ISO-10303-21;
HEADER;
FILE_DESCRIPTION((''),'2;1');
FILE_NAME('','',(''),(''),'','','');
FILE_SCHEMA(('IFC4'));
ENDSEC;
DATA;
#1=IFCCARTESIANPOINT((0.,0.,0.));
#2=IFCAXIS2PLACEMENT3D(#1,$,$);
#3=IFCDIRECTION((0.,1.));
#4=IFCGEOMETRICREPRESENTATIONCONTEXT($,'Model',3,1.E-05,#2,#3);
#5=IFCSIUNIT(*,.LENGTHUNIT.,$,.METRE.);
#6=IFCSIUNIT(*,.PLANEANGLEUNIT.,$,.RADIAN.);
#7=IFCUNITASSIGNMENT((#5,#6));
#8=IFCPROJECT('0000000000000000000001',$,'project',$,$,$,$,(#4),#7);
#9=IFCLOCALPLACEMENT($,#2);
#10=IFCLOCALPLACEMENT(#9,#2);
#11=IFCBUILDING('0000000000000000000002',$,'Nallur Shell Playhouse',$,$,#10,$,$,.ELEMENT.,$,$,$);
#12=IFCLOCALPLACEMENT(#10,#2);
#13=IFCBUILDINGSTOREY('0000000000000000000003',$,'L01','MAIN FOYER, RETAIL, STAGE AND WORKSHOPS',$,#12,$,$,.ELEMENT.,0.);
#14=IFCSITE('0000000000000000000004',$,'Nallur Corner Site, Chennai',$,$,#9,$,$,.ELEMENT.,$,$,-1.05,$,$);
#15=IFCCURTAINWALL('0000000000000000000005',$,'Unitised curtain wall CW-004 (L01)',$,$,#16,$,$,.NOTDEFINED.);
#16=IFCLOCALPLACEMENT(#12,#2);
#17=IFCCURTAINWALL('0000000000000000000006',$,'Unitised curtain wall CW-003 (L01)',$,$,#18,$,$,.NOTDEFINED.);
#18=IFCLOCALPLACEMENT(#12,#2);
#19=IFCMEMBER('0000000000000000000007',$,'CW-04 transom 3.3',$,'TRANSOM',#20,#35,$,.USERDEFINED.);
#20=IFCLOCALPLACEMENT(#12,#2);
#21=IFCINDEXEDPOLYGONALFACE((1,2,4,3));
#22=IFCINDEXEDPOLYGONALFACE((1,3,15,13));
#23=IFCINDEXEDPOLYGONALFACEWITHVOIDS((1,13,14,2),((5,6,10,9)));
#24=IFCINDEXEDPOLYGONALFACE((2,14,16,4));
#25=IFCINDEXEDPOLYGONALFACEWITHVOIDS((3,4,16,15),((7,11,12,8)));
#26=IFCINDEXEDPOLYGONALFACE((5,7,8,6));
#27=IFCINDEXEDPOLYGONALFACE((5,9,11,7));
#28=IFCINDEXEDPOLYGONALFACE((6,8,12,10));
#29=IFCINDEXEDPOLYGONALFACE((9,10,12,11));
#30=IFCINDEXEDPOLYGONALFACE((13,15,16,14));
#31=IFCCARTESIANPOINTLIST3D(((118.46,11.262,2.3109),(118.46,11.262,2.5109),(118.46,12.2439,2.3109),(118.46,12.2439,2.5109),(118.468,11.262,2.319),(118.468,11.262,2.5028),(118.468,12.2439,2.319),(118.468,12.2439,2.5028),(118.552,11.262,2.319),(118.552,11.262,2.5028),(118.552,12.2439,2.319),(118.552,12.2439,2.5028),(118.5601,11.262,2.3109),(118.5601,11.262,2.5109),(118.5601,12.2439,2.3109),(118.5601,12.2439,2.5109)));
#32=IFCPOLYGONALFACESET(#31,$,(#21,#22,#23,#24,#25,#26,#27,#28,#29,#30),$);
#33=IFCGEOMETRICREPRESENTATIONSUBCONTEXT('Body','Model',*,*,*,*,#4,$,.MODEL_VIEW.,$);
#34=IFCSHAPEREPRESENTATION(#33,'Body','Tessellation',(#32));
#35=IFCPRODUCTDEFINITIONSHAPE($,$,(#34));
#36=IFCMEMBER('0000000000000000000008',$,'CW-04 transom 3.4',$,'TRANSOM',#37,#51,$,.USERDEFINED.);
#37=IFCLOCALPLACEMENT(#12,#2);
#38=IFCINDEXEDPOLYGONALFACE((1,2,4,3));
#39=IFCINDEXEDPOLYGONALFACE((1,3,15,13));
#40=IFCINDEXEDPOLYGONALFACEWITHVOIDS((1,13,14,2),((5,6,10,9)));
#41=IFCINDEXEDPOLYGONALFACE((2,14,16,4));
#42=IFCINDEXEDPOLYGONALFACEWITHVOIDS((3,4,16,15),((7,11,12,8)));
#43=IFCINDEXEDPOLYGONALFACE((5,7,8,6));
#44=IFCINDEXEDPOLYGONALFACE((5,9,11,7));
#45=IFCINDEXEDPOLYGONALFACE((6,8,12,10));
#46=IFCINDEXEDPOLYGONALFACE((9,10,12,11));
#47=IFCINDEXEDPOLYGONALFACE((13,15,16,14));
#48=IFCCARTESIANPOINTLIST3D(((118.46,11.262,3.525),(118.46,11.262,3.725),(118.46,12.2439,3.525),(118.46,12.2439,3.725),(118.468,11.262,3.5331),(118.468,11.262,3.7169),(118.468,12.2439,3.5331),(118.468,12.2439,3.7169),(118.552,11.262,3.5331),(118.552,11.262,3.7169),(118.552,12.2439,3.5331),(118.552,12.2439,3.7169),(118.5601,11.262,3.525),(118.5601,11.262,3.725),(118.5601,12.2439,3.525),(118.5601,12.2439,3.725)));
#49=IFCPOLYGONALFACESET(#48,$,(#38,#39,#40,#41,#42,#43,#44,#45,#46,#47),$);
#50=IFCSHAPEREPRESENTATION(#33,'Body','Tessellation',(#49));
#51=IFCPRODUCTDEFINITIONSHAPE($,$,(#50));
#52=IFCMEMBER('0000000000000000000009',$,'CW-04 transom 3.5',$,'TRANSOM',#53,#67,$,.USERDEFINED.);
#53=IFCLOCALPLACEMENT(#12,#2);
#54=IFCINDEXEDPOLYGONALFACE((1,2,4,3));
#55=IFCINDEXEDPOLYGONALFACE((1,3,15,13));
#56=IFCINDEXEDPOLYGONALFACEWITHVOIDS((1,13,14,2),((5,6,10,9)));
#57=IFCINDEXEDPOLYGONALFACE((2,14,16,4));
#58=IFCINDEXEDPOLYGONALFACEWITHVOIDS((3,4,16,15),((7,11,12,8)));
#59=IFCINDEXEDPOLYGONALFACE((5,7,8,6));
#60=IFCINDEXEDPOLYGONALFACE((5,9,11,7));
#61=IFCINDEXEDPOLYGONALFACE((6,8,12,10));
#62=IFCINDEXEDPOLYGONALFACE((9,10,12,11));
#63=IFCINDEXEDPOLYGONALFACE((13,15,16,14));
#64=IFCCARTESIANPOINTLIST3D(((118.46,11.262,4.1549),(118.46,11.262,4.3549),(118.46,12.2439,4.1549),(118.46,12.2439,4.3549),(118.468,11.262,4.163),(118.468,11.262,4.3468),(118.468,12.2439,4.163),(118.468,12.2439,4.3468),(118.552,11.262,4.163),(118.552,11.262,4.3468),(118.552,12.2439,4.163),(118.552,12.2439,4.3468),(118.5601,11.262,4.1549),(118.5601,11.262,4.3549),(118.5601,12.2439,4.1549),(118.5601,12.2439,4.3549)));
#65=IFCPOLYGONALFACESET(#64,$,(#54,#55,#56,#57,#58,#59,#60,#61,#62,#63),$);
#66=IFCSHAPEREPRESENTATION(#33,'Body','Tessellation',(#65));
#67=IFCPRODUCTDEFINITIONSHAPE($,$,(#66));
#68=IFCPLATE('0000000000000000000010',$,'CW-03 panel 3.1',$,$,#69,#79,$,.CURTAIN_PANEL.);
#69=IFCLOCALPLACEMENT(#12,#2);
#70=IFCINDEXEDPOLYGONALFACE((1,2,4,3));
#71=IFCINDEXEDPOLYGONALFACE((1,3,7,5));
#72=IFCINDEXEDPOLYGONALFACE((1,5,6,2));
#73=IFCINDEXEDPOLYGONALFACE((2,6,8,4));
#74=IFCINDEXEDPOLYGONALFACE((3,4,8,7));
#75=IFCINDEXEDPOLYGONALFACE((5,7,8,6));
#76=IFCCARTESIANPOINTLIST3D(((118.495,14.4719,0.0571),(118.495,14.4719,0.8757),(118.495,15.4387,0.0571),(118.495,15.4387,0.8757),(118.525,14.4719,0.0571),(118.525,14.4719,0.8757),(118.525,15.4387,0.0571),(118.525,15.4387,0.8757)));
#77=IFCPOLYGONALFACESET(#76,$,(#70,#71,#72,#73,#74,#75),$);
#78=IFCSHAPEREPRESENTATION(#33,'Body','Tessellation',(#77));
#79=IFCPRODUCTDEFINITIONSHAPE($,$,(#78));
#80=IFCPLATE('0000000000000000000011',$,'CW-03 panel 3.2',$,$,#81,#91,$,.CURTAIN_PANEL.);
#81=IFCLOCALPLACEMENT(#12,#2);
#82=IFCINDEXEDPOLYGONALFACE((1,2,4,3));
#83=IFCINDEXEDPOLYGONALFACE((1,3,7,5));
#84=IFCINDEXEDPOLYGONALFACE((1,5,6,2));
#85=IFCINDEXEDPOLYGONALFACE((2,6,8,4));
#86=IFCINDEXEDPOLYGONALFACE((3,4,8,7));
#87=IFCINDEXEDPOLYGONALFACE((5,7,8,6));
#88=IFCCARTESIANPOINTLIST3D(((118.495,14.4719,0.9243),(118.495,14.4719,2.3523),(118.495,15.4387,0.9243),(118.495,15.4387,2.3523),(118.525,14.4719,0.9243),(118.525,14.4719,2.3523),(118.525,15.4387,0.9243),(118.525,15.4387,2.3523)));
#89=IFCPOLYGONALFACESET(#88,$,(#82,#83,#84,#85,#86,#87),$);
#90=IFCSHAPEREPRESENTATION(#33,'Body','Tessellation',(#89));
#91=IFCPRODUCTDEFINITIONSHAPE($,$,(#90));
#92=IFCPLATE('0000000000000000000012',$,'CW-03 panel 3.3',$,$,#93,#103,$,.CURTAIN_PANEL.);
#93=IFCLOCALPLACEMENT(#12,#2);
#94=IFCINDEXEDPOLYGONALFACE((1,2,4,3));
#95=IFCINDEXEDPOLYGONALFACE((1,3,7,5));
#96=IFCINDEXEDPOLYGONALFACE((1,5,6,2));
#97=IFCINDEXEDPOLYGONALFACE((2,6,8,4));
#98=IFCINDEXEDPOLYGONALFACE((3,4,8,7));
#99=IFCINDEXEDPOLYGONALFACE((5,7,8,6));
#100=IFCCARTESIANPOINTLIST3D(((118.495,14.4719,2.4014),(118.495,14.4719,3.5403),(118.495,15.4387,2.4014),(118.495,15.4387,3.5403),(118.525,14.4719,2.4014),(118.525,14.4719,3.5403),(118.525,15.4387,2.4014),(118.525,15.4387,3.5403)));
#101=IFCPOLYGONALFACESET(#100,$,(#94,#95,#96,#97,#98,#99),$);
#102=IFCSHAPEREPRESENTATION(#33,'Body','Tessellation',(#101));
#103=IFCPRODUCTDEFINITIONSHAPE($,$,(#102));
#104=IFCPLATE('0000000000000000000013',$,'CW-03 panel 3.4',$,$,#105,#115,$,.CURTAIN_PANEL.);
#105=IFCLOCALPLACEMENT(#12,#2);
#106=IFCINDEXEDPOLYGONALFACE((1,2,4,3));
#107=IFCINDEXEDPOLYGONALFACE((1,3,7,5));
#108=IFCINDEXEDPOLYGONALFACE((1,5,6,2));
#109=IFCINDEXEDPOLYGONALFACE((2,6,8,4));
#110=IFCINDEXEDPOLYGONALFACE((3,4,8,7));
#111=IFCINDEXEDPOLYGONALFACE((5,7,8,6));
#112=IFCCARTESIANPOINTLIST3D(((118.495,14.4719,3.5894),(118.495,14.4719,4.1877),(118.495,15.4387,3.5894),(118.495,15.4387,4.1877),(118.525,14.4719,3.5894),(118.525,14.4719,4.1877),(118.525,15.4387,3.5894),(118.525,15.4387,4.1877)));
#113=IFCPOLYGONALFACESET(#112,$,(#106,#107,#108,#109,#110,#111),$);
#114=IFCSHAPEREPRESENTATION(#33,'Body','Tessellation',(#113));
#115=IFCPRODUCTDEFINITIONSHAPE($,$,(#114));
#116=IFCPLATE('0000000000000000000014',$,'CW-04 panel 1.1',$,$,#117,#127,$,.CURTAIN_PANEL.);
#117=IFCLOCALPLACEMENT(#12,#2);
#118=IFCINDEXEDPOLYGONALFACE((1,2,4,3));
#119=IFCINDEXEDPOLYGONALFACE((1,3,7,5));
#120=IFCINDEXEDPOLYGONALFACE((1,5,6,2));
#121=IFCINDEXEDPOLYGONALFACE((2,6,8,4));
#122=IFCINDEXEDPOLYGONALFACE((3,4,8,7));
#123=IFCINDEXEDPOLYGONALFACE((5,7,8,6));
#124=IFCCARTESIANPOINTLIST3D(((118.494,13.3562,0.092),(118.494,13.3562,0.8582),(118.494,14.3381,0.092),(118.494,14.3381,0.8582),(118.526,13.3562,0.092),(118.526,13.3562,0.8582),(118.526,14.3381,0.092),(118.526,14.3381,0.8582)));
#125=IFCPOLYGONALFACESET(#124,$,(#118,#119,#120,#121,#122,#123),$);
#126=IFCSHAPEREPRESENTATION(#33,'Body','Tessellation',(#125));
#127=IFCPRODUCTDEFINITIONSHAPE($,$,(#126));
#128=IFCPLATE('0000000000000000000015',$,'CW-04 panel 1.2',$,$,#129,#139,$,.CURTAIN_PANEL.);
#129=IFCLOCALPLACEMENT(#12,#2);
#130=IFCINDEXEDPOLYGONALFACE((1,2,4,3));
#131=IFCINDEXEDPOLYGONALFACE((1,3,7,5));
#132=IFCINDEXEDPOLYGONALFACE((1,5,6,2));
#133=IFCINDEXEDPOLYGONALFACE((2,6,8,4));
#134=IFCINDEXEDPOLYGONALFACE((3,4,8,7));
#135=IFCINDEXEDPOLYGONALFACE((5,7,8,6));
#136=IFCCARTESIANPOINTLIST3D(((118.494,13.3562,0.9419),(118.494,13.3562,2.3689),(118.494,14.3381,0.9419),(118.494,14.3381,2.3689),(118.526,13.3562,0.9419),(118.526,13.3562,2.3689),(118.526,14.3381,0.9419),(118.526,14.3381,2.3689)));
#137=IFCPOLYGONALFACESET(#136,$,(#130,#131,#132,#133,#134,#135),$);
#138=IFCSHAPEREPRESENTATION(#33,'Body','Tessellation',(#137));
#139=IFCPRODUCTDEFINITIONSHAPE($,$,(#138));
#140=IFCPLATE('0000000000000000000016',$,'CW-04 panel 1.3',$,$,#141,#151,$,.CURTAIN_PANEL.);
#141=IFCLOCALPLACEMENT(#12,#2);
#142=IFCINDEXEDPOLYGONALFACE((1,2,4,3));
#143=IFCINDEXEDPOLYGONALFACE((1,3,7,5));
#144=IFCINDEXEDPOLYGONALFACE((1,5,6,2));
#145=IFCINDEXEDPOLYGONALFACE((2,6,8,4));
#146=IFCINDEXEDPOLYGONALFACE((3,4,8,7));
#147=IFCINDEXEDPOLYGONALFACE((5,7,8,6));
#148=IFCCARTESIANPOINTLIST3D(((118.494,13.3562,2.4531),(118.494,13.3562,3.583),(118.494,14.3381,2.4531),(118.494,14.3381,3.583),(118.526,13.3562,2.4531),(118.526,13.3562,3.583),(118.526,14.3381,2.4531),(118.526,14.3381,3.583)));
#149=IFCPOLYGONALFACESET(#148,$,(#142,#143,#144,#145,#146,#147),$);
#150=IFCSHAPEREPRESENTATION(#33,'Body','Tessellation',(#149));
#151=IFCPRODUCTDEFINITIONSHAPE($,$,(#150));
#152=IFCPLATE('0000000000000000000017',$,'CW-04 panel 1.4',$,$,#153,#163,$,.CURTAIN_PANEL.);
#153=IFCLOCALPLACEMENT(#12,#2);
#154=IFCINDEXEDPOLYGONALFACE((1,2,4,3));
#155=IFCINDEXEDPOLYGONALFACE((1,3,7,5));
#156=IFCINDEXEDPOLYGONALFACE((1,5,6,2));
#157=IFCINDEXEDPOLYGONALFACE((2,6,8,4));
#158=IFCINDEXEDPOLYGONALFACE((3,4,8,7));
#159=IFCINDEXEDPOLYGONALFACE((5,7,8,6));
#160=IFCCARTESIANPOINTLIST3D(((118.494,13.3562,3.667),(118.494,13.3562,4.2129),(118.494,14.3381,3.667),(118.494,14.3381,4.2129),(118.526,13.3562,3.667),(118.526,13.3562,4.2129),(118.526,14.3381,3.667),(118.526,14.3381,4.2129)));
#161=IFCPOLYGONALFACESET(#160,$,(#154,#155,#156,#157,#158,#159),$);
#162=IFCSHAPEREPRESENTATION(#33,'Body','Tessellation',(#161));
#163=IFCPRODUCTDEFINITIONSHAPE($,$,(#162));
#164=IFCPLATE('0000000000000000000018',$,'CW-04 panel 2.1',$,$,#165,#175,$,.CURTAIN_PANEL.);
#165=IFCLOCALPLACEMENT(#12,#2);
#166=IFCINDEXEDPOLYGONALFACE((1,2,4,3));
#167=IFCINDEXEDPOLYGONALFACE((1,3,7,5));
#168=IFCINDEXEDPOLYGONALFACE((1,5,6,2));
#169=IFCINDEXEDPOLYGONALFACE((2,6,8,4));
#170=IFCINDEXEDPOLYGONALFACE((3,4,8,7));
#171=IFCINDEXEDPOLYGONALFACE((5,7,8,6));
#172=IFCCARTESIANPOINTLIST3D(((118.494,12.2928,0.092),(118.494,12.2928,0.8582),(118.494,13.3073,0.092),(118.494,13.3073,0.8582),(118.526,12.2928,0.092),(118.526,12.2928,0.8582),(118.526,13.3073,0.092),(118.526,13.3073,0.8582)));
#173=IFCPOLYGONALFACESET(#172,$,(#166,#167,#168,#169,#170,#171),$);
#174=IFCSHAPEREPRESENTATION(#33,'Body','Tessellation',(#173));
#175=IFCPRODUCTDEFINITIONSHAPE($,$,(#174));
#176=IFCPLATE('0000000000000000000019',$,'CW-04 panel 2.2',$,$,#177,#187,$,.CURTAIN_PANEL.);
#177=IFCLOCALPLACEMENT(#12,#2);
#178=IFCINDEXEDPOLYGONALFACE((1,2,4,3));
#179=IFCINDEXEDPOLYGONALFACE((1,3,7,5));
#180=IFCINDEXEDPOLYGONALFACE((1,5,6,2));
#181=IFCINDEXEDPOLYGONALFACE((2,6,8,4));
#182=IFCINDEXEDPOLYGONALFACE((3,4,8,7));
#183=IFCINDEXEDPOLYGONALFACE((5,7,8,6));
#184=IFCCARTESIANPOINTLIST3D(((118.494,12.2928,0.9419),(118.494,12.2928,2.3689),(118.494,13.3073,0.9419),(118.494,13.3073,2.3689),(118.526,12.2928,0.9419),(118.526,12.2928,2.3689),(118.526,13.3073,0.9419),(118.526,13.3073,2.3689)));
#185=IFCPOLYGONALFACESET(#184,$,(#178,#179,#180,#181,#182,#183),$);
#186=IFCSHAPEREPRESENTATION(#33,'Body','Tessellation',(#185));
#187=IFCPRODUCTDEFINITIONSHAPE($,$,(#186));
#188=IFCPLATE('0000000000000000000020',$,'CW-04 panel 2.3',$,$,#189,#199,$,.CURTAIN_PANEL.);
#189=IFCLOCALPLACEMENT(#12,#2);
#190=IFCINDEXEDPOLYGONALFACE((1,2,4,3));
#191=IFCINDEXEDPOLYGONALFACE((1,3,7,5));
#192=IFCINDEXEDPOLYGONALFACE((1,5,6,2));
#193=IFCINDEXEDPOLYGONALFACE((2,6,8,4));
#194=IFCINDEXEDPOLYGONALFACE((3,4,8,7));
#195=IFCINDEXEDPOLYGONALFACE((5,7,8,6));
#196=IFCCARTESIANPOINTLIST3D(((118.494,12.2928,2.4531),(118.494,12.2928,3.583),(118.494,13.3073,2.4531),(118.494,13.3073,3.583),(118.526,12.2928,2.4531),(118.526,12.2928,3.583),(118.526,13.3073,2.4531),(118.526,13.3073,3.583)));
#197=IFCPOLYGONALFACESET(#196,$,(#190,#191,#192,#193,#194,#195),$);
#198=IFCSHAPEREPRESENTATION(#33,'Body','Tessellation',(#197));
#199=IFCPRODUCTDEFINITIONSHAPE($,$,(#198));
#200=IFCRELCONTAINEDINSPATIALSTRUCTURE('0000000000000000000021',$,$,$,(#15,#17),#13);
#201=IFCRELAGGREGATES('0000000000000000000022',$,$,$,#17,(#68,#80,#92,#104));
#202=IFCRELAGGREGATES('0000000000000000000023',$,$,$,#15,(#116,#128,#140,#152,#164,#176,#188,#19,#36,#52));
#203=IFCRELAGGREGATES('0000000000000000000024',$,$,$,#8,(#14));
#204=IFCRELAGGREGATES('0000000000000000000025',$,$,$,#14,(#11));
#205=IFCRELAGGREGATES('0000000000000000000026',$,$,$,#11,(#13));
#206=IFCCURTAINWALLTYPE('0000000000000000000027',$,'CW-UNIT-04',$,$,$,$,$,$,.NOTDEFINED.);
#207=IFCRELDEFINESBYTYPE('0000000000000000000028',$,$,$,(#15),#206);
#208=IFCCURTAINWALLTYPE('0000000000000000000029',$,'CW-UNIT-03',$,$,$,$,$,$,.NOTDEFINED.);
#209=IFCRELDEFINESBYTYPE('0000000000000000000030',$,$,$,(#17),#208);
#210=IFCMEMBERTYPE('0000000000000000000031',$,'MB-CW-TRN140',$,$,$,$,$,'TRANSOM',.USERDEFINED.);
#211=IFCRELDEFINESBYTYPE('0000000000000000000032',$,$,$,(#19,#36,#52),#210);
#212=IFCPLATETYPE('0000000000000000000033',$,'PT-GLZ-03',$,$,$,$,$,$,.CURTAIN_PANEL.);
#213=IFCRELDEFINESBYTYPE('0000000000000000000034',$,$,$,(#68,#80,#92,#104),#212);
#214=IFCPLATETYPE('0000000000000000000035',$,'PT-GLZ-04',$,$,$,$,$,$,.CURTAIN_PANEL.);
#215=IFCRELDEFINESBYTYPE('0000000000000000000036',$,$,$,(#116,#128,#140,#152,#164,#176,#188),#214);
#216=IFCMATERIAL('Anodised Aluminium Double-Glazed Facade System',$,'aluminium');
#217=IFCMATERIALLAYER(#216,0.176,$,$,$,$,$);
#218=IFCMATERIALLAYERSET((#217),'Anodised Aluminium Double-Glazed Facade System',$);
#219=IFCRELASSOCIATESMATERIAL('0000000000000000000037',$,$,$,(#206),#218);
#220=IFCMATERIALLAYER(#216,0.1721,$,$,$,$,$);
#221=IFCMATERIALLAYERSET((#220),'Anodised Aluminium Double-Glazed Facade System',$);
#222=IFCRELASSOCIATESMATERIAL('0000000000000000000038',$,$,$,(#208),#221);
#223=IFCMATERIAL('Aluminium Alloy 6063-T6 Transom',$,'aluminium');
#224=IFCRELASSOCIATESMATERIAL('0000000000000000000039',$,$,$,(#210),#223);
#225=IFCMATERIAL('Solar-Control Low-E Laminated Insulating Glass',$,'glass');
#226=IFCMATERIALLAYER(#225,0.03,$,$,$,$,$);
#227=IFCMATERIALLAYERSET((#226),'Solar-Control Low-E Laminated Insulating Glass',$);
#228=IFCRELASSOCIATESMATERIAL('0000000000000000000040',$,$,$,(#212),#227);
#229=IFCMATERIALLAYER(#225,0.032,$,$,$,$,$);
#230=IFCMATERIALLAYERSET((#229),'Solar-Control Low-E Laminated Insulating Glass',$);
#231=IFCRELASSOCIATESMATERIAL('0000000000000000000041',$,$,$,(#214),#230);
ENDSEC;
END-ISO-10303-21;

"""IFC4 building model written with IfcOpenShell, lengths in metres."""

from ifc_helpers import new_model, si_unit, direction, frame, origin, origin_2d, place, context, subcontext, project, spatial, rectangle, hollow_rectangle, extrude, material, layer, layer_set, material_profile, profile_set, type_object, element, aggregate, save


model = new_model("IFC4")

# Units and contexts
model_context = context("Model", 3, precision=1e-05, world=origin(), true_north=direction((0.0, 1.0)))
body_context = subcontext(model_context, "Body", "Model", "MODEL_VIEW")
ifc_project = project(units=[si_unit("LENGTHUNIT", "METRE"), si_unit("PLANEANGLEUNIT", "RADIAN")], contexts=[model_context])

# Site, building, storey
site_placement = place(None, origin())
site = spatial("IfcSite", under=ifc_project, at=site_placement, Name="Nallur Corner Site, Chennai", CompositionType="ELEMENT", RefElevation=-1.05)
building_placement = place(site_placement, origin())
building = spatial("IfcBuilding", under=site, at=building_placement, Name="Nallur Shell Playhouse", CompositionType="ELEMENT")
storey_placement = place(building_placement, origin())
storey = spatial("IfcBuildingStorey", under=building, at=storey_placement, Name="L01", Description="MAIN FOYER, RETAIL, STAGE AND WORKSHOPS", CompositionType="ELEMENT", Elevation=0.0)

# Curtain walls
ifc_material_1 = material(Name="Anodised Aluminium Double-Glazed Facade System", Category="aluminium")
ifc_layer_1 = layer(ifc_material_1, 0.176)
ifc_layer_set_1 = layer_set([ifc_layer_1], Name="Anodised Aluminium Double-Glazed Facade System")
curtain_wall_type_1 = type_object("IfcCurtainWallType", Name="CW-UNIT-04", PredefinedType="NOTDEFINED", material=ifc_layer_set_1)
curtain_wall_1_placement = place(storey_placement, origin())
curtain_wall_1 = element("IfcCurtainWall", 1, at=curtain_wall_1_placement, inside=storey, type_object=curtain_wall_type_1, Name="Unitised curtain wall CW-004 (L01)", PredefinedType="NOTDEFINED")
ifc_layer_2 = layer(ifc_material_1, 0.1721)
ifc_layer_set_2 = layer_set([ifc_layer_2], Name="Anodised Aluminium Double-Glazed Facade System")
curtain_wall_type_2 = type_object("IfcCurtainWallType", Name="CW-UNIT-03", PredefinedType="NOTDEFINED", material=ifc_layer_set_2)
curtain_wall_2_placement = place(storey_placement, origin())
curtain_wall_2 = element("IfcCurtainWall", 2, at=curtain_wall_2_placement, inside=storey, type_object=curtain_wall_type_2, Name="Unitised curtain wall CW-003 (L01)", PredefinedType="NOTDEFINED")
ifc_material_2 = material(Name="Aluminium Alloy 6063-T6 Transom", Category="aluminium")

# Members
ifc_material_profile_1 = material_profile(ifc_material_2, hollow_rectangle(XDim=0.1001, YDim=0.2, WallThickness=0.0081, at=origin_2d()), Name="RHS 200x100x8")
ifc_profile_set_1 = profile_set([ifc_material_profile_1], Name="Aluminium Alloy 6063-T6 Transom")
member_type_1 = type_object("IfcMemberType", Name="MB-CW-TRN140", ElementType="TRANSOM", PredefinedType="USERDEFINED", material=ifc_profile_set_1)
member_1_placement = place(storey_placement, frame((118.51, 12.2439, 2.4109), z_axis=(0.0, -1.0, 0.0), x_axis=(1.0, 0.0, 0.0)))
member_1 = element("IfcMember", 3, at=member_1_placement, type_object=member_type_1, Name="CW-04 transom 3.3", ObjectType="TRANSOM", PredefinedType="USERDEFINED", context=body_context, shape_type="SweptSolid", body=[
    extrude(hollow_rectangle(XDim=0.1001, YDim=0.2, WallThickness=0.0081, at=origin_2d()), origin(), (0.0, 0.0, 1.0), 0.9819),
])
member_2_placement = place(storey_placement, frame((118.51, 12.2439, 3.625), z_axis=(0.0, -1.0, 0.0), x_axis=(1.0, 0.0, 0.0)))
member_2 = element("IfcMember", 4, at=member_2_placement, type_object=member_type_1, Name="CW-04 transom 3.4", ObjectType="TRANSOM", PredefinedType="USERDEFINED", context=body_context, shape_type="SweptSolid", body=[
    extrude(hollow_rectangle(XDim=0.1001, YDim=0.2, WallThickness=0.0081, at=origin_2d()), origin(), (0.0, 0.0, 1.0), 0.9819),
])
member_3_placement = place(storey_placement, frame((118.51, 12.2439, 4.2549), z_axis=(0.0, -1.0, 0.0), x_axis=(1.0, 0.0, 0.0)))
member_3 = element("IfcMember", 5, at=member_3_placement, type_object=member_type_1, Name="CW-04 transom 3.5", ObjectType="TRANSOM", PredefinedType="USERDEFINED", context=body_context, shape_type="SweptSolid", body=[
    extrude(hollow_rectangle(XDim=0.1001, YDim=0.2, WallThickness=0.0081, at=origin_2d()), origin(), (0.0, 0.0, 1.0), 0.9819),
])

# Plates
ifc_material_3 = material(Name="Solar-Control Low-E Laminated Insulating Glass", Category="glass")
ifc_layer_3 = layer(ifc_material_3, 0.03)
ifc_layer_set_3 = layer_set([ifc_layer_3], Name="Solar-Control Low-E Laminated Insulating Glass")
plate_type_1 = type_object("IfcPlateType", Name="PT-GLZ-03", PredefinedType="CURTAIN_PANEL", material=ifc_layer_set_3)
plate_1_placement = place(storey_placement, frame((118.51, 14.9553, 0.0571), z_axis=(0.0, 0.0, 1.0), x_axis=(0.0, -1.0, 0.0)))
plate_1 = element("IfcPlate", 6, at=plate_1_placement, type_object=plate_type_1, Name="CW-03 panel 3.1", PredefinedType="CURTAIN_PANEL", context=body_context, shape_type="SweptSolid", body=[
    extrude(rectangle(XDim=0.9668, YDim=0.03, at=origin_2d()), origin(), (0.0, 0.0, 1.0), 0.8186),
])
plate_2_placement = place(storey_placement, frame((118.51, 14.9553, 0.9243), z_axis=(0.0, 0.0, 1.0), x_axis=(0.0, -1.0, 0.0)))
plate_2 = element("IfcPlate", 7, at=plate_2_placement, type_object=plate_type_1, Name="CW-03 panel 3.2", PredefinedType="CURTAIN_PANEL", context=body_context, shape_type="SweptSolid", body=[
    extrude(rectangle(XDim=0.9668, YDim=0.03, at=origin_2d()), origin(), (0.0, 0.0, 1.0), 1.428),
])
plate_3_placement = place(storey_placement, frame((118.51, 14.9553, 2.4014), z_axis=(0.0, 0.0, 1.0), x_axis=(0.0, -1.0, 0.0)))
plate_3 = element("IfcPlate", 8, at=plate_3_placement, type_object=plate_type_1, Name="CW-03 panel 3.3", PredefinedType="CURTAIN_PANEL", context=body_context, shape_type="SweptSolid", body=[
    extrude(rectangle(XDim=0.9668, YDim=0.03, at=origin_2d()), origin(), (0.0, 0.0, 1.0), 1.1389),
])
plate_4_placement = place(storey_placement, frame((118.51, 14.9553, 3.5894), z_axis=(0.0, 0.0, 1.0), x_axis=(0.0, -1.0, 0.0)))
plate_4 = element("IfcPlate", 9, at=plate_4_placement, type_object=plate_type_1, Name="CW-03 panel 3.4", PredefinedType="CURTAIN_PANEL", context=body_context, shape_type="SweptSolid", body=[
    extrude(rectangle(XDim=0.9668, YDim=0.03, at=origin_2d()), origin(), (0.0, 0.0, 1.0), 0.5984),
])
aggregate(curtain_wall_2, [plate_1, plate_2, plate_3, plate_4])
ifc_layer_4 = layer(ifc_material_3, 0.032)
ifc_layer_set_4 = layer_set([ifc_layer_4], Name="Solar-Control Low-E Laminated Insulating Glass")
plate_type_2 = type_object("IfcPlateType", Name="PT-GLZ-04", PredefinedType="CURTAIN_PANEL", material=ifc_layer_set_4)
plate_5_placement = place(storey_placement, frame((118.51, 13.8472, 0.092), z_axis=(0.0, 0.0, 1.0), x_axis=(0.0, -1.0, 0.0)))
plate_5 = element("IfcPlate", 10, at=plate_5_placement, type_object=plate_type_2, Name="CW-04 panel 1.1", PredefinedType="CURTAIN_PANEL", context=body_context, shape_type="SweptSolid", body=[
    extrude(rectangle(XDim=0.9819, YDim=0.032, at=origin_2d()), origin(), (0.0, 0.0, 1.0), 0.7661),
])
plate_6_placement = place(storey_placement, frame((118.51, 13.8472, 0.9419), z_axis=(0.0, 0.0, 1.0), x_axis=(0.0, -1.0, 0.0)))
plate_6 = element("IfcPlate", 11, at=plate_6_placement, type_object=plate_type_2, Name="CW-04 panel 1.2", PredefinedType="CURTAIN_PANEL", context=body_context, shape_type="SweptSolid", body=[
    extrude(rectangle(XDim=0.9819, YDim=0.032, at=origin_2d()), origin(), (0.0, 0.0, 1.0), 1.427),
])
plate_7_placement = place(storey_placement, frame((118.51, 13.8472, 2.4531), z_axis=(0.0, 0.0, 1.0), x_axis=(0.0, -1.0, 0.0)))
plate_7 = element("IfcPlate", 12, at=plate_7_placement, type_object=plate_type_2, Name="CW-04 panel 1.3", PredefinedType="CURTAIN_PANEL", context=body_context, shape_type="SweptSolid", body=[
    extrude(rectangle(XDim=0.9819, YDim=0.032, at=origin_2d()), origin(), (0.0, 0.0, 1.0), 1.1299),
])
plate_8_placement = place(storey_placement, frame((118.51, 13.8472, 3.667), z_axis=(0.0, 0.0, 1.0), x_axis=(0.0, -1.0, 0.0)))
plate_8 = element("IfcPlate", 13, at=plate_8_placement, type_object=plate_type_2, Name="CW-04 panel 1.4", PredefinedType="CURTAIN_PANEL", context=body_context, shape_type="SweptSolid", body=[
    extrude(rectangle(XDim=0.9819, YDim=0.032, at=origin_2d()), origin(), (0.0, 0.0, 1.0), 0.5459),
])
plate_9_placement = place(storey_placement, frame((118.51, 12.8, 0.092), z_axis=(0.0, 0.0, 1.0), x_axis=(0.0, -1.0, 0.0)))
plate_9 = element("IfcPlate", 14, at=plate_9_placement, type_object=plate_type_2, Name="CW-04 panel 2.1", PredefinedType="CURTAIN_PANEL", context=body_context, shape_type="SweptSolid", body=[
    extrude(rectangle(XDim=1.0144, YDim=0.032, at=origin_2d()), origin(), (0.0, 0.0, 1.0), 0.7661),
])
plate_10_placement = place(storey_placement, frame((118.51, 12.8, 0.9419), z_axis=(0.0, 0.0, 1.0), x_axis=(0.0, -1.0, 0.0)))
plate_10 = element("IfcPlate", 15, at=plate_10_placement, type_object=plate_type_2, Name="CW-04 panel 2.2", PredefinedType="CURTAIN_PANEL", context=body_context, shape_type="SweptSolid", body=[
    extrude(rectangle(XDim=1.0144, YDim=0.032, at=origin_2d()), origin(), (0.0, 0.0, 1.0), 1.427),
])
plate_11_placement = place(storey_placement, frame((118.51, 12.8, 2.4531), z_axis=(0.0, 0.0, 1.0), x_axis=(0.0, -1.0, 0.0)))
plate_11 = element("IfcPlate", 16, at=plate_11_placement, type_object=plate_type_2, Name="CW-04 panel 2.3", PredefinedType="CURTAIN_PANEL", context=body_context, shape_type="SweptSolid", body=[
    extrude(rectangle(XDim=1.0144, YDim=0.032, at=origin_2d()), origin(), (0.0, 0.0, 1.0), 1.1299),
])
aggregate(curtain_wall_1, [plate_5, plate_6, plate_7, plate_8, plate_9, plate_10, plate_11, member_1, member_2, member_3])

save(model, "model.ifc")
